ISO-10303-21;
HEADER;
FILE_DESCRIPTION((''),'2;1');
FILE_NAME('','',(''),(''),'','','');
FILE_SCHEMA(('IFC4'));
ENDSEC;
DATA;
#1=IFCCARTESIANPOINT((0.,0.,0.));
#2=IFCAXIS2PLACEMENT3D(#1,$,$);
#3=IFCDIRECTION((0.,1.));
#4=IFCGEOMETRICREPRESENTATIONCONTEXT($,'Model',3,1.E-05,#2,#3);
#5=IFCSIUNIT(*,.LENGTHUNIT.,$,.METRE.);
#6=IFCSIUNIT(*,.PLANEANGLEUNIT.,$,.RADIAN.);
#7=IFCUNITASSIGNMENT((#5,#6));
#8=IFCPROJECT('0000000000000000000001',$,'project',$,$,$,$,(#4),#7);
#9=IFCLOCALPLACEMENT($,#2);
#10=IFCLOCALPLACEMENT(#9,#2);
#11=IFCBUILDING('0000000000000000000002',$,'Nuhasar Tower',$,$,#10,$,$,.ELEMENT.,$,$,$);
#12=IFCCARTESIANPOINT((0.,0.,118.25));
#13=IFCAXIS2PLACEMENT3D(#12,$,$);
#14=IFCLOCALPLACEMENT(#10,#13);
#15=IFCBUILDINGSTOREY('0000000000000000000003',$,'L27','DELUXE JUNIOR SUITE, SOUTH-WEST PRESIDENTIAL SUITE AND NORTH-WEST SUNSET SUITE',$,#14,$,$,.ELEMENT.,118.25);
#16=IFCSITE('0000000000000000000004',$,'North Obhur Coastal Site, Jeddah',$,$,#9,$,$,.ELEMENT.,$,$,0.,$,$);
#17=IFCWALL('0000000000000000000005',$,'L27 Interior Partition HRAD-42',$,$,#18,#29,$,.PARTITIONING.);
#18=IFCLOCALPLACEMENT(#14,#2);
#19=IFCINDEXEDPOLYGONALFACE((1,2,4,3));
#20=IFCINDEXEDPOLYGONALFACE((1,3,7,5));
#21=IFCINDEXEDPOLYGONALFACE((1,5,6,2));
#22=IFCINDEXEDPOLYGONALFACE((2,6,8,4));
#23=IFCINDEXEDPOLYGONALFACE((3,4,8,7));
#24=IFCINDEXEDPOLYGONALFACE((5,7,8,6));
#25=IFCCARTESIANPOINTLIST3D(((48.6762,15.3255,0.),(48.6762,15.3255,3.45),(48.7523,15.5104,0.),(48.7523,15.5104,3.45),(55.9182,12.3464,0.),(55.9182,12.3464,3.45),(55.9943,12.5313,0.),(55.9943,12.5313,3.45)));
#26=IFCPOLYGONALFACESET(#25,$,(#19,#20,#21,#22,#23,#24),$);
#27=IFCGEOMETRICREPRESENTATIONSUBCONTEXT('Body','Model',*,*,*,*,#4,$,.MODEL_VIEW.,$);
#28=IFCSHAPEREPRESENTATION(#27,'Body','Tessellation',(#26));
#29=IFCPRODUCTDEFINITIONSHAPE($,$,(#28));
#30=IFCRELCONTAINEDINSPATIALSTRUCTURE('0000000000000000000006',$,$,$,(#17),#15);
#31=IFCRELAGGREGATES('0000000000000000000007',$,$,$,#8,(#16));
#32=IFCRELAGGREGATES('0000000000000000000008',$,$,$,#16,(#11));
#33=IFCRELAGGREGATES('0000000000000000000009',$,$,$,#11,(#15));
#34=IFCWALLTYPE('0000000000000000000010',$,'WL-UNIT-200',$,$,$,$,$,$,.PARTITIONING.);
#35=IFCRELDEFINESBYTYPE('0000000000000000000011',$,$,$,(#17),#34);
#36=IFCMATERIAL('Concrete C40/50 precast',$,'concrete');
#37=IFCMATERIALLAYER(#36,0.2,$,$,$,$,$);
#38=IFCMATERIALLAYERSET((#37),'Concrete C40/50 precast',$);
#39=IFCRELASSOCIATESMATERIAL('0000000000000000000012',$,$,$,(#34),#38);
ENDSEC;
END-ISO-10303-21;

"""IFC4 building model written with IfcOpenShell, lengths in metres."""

from ifc_helpers import new_model, si_unit, direction, frame, frame_2d, origin, place, context, subcontext, project, spatial, rectangle, extrude, material, layer, layer_set, type_object, element, save


model = new_model("IFC4")

# Units and contexts
model_context = context("Model", 3, precision=1e-05, world=origin(), true_north=direction((0.0, 1.0)))
body_context = subcontext(model_context, "Body", "Model", "MODEL_VIEW")
ifc_project = project(units=[si_unit("LENGTHUNIT", "METRE"), si_unit("PLANEANGLEUNIT", "RADIAN")], contexts=[model_context])

# Site, building, storey
site_placement = place(None, origin())
site = spatial("IfcSite", under=ifc_project, at=site_placement, Name="North Obhur Coastal Site, Jeddah", CompositionType="ELEMENT", RefElevation=0.0)
building_placement = place(site_placement, origin())
building = spatial("IfcBuilding", under=site, at=building_placement, Name="Nuhasar Tower", CompositionType="ELEMENT")
storey_placement = place(building_placement, frame((0.0, 0.0, 118.25)))
storey = spatial("IfcBuildingStorey", under=building, at=storey_placement, Name="L27", Description="DELUXE JUNIOR SUITE, SOUTH-WEST PRESIDENTIAL SUITE AND NORTH-WEST SUNSET SUITE", CompositionType="ELEMENT", Elevation=118.25)

# Wall
ifc_material_1 = material(Name="Concrete C40/50 precast", Category="concrete")
ifc_layer_1 = layer(ifc_material_1, 0.2)
ifc_layer_set_1 = layer_set([ifc_layer_1], Name="Concrete C40/50 precast")
wall_type_1 = type_object("IfcWallType", Name="WL-UNIT-200", PredefinedType="PARTITIONING", material=ifc_layer_set_1)
wall_1_placement = place(storey_placement, frame((48.7141, 15.418, 0.0), z_axis=(0.0, 0.0, 1.0), x_axis=(0.924812, -0.380425, 0.0)))
element("IfcWall", 1, at=wall_1_placement, inside=storey, type_object=wall_type_1, Name="L27 Interior Partition HRAD-42", PredefinedType="PARTITIONING", context=body_context, shape_type="SweptSolid", body=[
    extrude(rectangle(XDim=7.8308, YDim=0.2, at=frame_2d((3.9155, 0.0))), origin(), (0.0, 0.0, 1.0), 3.45),
])

save(model, "model.ifc")
